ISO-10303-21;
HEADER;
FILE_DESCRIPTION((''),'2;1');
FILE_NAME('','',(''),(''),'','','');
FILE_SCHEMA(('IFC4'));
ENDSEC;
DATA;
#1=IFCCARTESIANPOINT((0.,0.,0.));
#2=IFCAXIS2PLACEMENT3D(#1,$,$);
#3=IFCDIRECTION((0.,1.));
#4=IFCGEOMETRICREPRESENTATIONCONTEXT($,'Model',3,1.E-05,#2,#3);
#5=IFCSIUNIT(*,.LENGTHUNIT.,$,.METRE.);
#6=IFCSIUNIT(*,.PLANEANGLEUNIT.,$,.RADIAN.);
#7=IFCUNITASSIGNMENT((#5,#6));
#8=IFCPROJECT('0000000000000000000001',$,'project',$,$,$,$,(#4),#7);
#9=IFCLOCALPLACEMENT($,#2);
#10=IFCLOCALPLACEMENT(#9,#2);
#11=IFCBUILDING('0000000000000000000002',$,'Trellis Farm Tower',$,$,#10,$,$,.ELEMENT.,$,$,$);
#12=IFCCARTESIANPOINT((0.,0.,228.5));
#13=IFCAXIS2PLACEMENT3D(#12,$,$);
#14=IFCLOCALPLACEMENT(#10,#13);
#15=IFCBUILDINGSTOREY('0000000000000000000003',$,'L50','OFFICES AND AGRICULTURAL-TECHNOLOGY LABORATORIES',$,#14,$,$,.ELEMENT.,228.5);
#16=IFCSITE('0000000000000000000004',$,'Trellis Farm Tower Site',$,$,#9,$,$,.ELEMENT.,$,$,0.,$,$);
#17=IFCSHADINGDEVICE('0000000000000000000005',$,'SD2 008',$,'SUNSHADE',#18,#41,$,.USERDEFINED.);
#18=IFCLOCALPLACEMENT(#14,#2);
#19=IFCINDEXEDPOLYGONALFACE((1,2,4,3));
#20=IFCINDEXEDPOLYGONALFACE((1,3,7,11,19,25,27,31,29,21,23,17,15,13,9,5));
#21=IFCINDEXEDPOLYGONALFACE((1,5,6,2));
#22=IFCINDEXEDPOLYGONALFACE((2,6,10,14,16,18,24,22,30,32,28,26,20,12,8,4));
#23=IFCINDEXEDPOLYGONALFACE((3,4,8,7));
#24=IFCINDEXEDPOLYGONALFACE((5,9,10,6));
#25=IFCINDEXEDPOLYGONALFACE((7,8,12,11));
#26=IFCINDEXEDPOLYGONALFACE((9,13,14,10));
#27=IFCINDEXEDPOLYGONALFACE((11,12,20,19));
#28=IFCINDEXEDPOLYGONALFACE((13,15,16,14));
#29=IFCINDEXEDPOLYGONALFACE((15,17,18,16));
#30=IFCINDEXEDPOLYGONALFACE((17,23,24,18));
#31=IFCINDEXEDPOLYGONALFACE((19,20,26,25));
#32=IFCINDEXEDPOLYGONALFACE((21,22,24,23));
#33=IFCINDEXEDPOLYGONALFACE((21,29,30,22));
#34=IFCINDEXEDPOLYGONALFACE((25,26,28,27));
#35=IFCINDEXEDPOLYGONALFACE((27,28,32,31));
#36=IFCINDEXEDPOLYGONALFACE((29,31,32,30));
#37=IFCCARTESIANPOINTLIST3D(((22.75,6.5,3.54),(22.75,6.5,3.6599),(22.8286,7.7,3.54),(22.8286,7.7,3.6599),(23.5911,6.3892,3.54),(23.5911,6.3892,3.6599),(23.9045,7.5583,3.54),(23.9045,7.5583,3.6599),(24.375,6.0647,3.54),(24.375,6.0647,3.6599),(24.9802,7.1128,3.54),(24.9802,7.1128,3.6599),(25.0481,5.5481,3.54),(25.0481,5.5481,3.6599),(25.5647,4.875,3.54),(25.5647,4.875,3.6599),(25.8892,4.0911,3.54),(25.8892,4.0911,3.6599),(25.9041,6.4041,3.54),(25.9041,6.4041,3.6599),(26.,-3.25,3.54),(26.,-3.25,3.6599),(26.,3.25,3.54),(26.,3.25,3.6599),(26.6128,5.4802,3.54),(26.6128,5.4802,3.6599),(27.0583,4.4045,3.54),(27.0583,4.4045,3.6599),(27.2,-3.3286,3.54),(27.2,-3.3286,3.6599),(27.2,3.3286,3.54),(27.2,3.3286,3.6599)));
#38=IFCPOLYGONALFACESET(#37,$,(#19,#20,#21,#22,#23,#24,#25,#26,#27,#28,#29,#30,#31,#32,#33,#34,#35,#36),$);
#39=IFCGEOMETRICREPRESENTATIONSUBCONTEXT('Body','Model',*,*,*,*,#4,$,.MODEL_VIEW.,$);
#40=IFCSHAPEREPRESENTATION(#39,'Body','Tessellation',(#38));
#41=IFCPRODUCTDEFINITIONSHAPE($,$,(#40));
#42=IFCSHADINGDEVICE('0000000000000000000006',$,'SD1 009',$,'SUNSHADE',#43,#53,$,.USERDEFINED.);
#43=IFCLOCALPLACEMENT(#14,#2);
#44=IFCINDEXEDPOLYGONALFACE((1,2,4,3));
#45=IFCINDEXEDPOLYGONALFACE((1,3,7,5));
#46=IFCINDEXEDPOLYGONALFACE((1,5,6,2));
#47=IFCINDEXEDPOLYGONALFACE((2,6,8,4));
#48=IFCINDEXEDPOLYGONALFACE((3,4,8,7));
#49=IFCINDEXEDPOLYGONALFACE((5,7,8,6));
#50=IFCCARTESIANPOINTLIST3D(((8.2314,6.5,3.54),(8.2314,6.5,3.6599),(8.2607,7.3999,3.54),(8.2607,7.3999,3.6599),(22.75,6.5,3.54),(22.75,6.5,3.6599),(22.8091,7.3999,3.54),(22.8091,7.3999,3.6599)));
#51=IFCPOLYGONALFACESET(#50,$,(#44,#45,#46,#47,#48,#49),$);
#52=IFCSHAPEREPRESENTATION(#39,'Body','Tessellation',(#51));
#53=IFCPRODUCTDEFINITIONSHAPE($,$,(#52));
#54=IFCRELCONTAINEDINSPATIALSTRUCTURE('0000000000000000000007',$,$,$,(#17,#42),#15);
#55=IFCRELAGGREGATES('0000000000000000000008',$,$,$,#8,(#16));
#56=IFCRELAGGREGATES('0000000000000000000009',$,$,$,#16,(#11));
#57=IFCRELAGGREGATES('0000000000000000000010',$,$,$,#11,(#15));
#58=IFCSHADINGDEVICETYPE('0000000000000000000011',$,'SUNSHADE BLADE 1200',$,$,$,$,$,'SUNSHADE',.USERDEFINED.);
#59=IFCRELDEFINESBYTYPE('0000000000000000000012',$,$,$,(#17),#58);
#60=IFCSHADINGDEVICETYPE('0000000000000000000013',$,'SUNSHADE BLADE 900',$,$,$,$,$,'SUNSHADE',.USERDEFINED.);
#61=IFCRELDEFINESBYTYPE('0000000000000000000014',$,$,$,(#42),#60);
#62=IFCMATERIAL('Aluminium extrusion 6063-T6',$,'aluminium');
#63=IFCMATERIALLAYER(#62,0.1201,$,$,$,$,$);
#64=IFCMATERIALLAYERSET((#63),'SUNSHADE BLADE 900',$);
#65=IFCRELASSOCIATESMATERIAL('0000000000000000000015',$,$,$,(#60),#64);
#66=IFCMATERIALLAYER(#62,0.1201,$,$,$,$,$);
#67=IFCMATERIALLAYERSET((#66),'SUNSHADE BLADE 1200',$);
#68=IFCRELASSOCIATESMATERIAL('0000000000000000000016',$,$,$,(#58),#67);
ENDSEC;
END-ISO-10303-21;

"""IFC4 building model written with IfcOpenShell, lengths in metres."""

from ifc_helpers import new_model, si_unit, direction, frame, origin, place, context, subcontext, project, spatial, polyline, outline, extrude, source, transform, mapped, material, layer, layer_set, type_object, element, save


model = new_model("IFC4")

# Units and contexts
model_context = context("Model", 3, precision=1e-05, world=origin(), true_north=direction((0.0, 1.0)))
body_context = subcontext(model_context, "Body", "Model", "MODEL_VIEW")
ifc_project = project(units=[si_unit("LENGTHUNIT", "METRE"), si_unit("PLANEANGLEUNIT", "RADIAN")], contexts=[model_context])

# Site, building, storey
site_placement = place(None, origin())
site = spatial("IfcSite", under=ifc_project, at=site_placement, Name="Trellis Farm Tower Site", CompositionType="ELEMENT", RefElevation=0.0)
building_placement = place(site_placement, origin())
building = spatial("IfcBuilding", under=site, at=building_placement, Name="Trellis Farm Tower", CompositionType="ELEMENT")
storey_placement = place(building_placement, frame((0.0, 0.0, 228.5)))
storey = spatial("IfcBuildingStorey", under=building, at=storey_placement, Name="L50", Description="OFFICES AND AGRICULTURAL-TECHNOLOGY LABORATORIES", CompositionType="ELEMENT", Elevation=228.5)

# Shared definitions
ifc_material_1 = material(Name="Aluminium extrusion 6063-T6", Category="aluminium")

# Shading devices
ifc_layer_1 = layer(ifc_material_1, 0.1201)
ifc_layer_set_1 = layer_set([ifc_layer_1], Name="SUNSHADE BLADE 900")
shading_device_type_1 = type_object("IfcShadingDeviceType", Name="SUNSHADE BLADE 900", ElementType="SUNSHADE", PredefinedType="USERDEFINED", material=ifc_layer_set_1)
placement_1 = place(storey_placement, frame((0.0, 0.0, 3.54)))
ifc_layer_2 = layer(ifc_material_1, 0.1201)
ifc_layer_set_2 = layer_set([ifc_layer_2], Name="SUNSHADE BLADE 1200")
shading_device_type_2 = type_object("IfcShadingDeviceType", Name="SUNSHADE BLADE 1200", ElementType="SUNSHADE", PredefinedType="USERDEFINED", material=ifc_layer_set_2)
shared_shape_1 = source(origin(), body_context, "Body", "SweptSolid", [
    extrude(outline(polyline([(27.2, -3.3286), (27.2, 3.3286), (27.0583, 4.4045), (26.6128, 5.4802), (25.9041, 6.4041), (24.9802, 7.1128), (23.9045, 7.5583), (22.8286, 7.7), (22.75, 6.5), (23.5911, 6.3892), (24.375, 6.0647), (25.0481, 5.5481), (25.5647, 4.875), (25.8892, 4.0911), (26.0, 3.25), (26.0, -3.25), (27.2, -3.3286)])), origin(), (0.0, 0.0, 1.0), 0.1199),
])
element("IfcShadingDevice", 1, at=placement_1, inside=storey, type_object=shading_device_type_2, Name="SD2 008", ObjectType="SUNSHADE", PredefinedType="USERDEFINED", context=body_context, shape_type="MappedRepresentation", body=[
    mapped(shared_shape_1, transform((0.0, 0.0, 0.0))),
])
shared_shape_2 = source(origin(), body_context, "Body", "SweptSolid", [
    extrude(outline(polyline([(22.8091, 7.3999), (8.2607, 7.3999), (8.2314, 6.5), (22.75, 6.5), (22.8091, 7.3999)])), origin(), (0.0, 0.0, 1.0), 0.1199),
])
element("IfcShadingDevice", 2, at=placement_1, inside=storey, type_object=shading_device_type_1, Name="SD1 009", ObjectType="SUNSHADE", PredefinedType="USERDEFINED", context=body_context, shape_type="MappedRepresentation", body=[
    mapped(shared_shape_2, transform((0.0, 0.0, 0.0))),
])

save(model, "model.ifc")
